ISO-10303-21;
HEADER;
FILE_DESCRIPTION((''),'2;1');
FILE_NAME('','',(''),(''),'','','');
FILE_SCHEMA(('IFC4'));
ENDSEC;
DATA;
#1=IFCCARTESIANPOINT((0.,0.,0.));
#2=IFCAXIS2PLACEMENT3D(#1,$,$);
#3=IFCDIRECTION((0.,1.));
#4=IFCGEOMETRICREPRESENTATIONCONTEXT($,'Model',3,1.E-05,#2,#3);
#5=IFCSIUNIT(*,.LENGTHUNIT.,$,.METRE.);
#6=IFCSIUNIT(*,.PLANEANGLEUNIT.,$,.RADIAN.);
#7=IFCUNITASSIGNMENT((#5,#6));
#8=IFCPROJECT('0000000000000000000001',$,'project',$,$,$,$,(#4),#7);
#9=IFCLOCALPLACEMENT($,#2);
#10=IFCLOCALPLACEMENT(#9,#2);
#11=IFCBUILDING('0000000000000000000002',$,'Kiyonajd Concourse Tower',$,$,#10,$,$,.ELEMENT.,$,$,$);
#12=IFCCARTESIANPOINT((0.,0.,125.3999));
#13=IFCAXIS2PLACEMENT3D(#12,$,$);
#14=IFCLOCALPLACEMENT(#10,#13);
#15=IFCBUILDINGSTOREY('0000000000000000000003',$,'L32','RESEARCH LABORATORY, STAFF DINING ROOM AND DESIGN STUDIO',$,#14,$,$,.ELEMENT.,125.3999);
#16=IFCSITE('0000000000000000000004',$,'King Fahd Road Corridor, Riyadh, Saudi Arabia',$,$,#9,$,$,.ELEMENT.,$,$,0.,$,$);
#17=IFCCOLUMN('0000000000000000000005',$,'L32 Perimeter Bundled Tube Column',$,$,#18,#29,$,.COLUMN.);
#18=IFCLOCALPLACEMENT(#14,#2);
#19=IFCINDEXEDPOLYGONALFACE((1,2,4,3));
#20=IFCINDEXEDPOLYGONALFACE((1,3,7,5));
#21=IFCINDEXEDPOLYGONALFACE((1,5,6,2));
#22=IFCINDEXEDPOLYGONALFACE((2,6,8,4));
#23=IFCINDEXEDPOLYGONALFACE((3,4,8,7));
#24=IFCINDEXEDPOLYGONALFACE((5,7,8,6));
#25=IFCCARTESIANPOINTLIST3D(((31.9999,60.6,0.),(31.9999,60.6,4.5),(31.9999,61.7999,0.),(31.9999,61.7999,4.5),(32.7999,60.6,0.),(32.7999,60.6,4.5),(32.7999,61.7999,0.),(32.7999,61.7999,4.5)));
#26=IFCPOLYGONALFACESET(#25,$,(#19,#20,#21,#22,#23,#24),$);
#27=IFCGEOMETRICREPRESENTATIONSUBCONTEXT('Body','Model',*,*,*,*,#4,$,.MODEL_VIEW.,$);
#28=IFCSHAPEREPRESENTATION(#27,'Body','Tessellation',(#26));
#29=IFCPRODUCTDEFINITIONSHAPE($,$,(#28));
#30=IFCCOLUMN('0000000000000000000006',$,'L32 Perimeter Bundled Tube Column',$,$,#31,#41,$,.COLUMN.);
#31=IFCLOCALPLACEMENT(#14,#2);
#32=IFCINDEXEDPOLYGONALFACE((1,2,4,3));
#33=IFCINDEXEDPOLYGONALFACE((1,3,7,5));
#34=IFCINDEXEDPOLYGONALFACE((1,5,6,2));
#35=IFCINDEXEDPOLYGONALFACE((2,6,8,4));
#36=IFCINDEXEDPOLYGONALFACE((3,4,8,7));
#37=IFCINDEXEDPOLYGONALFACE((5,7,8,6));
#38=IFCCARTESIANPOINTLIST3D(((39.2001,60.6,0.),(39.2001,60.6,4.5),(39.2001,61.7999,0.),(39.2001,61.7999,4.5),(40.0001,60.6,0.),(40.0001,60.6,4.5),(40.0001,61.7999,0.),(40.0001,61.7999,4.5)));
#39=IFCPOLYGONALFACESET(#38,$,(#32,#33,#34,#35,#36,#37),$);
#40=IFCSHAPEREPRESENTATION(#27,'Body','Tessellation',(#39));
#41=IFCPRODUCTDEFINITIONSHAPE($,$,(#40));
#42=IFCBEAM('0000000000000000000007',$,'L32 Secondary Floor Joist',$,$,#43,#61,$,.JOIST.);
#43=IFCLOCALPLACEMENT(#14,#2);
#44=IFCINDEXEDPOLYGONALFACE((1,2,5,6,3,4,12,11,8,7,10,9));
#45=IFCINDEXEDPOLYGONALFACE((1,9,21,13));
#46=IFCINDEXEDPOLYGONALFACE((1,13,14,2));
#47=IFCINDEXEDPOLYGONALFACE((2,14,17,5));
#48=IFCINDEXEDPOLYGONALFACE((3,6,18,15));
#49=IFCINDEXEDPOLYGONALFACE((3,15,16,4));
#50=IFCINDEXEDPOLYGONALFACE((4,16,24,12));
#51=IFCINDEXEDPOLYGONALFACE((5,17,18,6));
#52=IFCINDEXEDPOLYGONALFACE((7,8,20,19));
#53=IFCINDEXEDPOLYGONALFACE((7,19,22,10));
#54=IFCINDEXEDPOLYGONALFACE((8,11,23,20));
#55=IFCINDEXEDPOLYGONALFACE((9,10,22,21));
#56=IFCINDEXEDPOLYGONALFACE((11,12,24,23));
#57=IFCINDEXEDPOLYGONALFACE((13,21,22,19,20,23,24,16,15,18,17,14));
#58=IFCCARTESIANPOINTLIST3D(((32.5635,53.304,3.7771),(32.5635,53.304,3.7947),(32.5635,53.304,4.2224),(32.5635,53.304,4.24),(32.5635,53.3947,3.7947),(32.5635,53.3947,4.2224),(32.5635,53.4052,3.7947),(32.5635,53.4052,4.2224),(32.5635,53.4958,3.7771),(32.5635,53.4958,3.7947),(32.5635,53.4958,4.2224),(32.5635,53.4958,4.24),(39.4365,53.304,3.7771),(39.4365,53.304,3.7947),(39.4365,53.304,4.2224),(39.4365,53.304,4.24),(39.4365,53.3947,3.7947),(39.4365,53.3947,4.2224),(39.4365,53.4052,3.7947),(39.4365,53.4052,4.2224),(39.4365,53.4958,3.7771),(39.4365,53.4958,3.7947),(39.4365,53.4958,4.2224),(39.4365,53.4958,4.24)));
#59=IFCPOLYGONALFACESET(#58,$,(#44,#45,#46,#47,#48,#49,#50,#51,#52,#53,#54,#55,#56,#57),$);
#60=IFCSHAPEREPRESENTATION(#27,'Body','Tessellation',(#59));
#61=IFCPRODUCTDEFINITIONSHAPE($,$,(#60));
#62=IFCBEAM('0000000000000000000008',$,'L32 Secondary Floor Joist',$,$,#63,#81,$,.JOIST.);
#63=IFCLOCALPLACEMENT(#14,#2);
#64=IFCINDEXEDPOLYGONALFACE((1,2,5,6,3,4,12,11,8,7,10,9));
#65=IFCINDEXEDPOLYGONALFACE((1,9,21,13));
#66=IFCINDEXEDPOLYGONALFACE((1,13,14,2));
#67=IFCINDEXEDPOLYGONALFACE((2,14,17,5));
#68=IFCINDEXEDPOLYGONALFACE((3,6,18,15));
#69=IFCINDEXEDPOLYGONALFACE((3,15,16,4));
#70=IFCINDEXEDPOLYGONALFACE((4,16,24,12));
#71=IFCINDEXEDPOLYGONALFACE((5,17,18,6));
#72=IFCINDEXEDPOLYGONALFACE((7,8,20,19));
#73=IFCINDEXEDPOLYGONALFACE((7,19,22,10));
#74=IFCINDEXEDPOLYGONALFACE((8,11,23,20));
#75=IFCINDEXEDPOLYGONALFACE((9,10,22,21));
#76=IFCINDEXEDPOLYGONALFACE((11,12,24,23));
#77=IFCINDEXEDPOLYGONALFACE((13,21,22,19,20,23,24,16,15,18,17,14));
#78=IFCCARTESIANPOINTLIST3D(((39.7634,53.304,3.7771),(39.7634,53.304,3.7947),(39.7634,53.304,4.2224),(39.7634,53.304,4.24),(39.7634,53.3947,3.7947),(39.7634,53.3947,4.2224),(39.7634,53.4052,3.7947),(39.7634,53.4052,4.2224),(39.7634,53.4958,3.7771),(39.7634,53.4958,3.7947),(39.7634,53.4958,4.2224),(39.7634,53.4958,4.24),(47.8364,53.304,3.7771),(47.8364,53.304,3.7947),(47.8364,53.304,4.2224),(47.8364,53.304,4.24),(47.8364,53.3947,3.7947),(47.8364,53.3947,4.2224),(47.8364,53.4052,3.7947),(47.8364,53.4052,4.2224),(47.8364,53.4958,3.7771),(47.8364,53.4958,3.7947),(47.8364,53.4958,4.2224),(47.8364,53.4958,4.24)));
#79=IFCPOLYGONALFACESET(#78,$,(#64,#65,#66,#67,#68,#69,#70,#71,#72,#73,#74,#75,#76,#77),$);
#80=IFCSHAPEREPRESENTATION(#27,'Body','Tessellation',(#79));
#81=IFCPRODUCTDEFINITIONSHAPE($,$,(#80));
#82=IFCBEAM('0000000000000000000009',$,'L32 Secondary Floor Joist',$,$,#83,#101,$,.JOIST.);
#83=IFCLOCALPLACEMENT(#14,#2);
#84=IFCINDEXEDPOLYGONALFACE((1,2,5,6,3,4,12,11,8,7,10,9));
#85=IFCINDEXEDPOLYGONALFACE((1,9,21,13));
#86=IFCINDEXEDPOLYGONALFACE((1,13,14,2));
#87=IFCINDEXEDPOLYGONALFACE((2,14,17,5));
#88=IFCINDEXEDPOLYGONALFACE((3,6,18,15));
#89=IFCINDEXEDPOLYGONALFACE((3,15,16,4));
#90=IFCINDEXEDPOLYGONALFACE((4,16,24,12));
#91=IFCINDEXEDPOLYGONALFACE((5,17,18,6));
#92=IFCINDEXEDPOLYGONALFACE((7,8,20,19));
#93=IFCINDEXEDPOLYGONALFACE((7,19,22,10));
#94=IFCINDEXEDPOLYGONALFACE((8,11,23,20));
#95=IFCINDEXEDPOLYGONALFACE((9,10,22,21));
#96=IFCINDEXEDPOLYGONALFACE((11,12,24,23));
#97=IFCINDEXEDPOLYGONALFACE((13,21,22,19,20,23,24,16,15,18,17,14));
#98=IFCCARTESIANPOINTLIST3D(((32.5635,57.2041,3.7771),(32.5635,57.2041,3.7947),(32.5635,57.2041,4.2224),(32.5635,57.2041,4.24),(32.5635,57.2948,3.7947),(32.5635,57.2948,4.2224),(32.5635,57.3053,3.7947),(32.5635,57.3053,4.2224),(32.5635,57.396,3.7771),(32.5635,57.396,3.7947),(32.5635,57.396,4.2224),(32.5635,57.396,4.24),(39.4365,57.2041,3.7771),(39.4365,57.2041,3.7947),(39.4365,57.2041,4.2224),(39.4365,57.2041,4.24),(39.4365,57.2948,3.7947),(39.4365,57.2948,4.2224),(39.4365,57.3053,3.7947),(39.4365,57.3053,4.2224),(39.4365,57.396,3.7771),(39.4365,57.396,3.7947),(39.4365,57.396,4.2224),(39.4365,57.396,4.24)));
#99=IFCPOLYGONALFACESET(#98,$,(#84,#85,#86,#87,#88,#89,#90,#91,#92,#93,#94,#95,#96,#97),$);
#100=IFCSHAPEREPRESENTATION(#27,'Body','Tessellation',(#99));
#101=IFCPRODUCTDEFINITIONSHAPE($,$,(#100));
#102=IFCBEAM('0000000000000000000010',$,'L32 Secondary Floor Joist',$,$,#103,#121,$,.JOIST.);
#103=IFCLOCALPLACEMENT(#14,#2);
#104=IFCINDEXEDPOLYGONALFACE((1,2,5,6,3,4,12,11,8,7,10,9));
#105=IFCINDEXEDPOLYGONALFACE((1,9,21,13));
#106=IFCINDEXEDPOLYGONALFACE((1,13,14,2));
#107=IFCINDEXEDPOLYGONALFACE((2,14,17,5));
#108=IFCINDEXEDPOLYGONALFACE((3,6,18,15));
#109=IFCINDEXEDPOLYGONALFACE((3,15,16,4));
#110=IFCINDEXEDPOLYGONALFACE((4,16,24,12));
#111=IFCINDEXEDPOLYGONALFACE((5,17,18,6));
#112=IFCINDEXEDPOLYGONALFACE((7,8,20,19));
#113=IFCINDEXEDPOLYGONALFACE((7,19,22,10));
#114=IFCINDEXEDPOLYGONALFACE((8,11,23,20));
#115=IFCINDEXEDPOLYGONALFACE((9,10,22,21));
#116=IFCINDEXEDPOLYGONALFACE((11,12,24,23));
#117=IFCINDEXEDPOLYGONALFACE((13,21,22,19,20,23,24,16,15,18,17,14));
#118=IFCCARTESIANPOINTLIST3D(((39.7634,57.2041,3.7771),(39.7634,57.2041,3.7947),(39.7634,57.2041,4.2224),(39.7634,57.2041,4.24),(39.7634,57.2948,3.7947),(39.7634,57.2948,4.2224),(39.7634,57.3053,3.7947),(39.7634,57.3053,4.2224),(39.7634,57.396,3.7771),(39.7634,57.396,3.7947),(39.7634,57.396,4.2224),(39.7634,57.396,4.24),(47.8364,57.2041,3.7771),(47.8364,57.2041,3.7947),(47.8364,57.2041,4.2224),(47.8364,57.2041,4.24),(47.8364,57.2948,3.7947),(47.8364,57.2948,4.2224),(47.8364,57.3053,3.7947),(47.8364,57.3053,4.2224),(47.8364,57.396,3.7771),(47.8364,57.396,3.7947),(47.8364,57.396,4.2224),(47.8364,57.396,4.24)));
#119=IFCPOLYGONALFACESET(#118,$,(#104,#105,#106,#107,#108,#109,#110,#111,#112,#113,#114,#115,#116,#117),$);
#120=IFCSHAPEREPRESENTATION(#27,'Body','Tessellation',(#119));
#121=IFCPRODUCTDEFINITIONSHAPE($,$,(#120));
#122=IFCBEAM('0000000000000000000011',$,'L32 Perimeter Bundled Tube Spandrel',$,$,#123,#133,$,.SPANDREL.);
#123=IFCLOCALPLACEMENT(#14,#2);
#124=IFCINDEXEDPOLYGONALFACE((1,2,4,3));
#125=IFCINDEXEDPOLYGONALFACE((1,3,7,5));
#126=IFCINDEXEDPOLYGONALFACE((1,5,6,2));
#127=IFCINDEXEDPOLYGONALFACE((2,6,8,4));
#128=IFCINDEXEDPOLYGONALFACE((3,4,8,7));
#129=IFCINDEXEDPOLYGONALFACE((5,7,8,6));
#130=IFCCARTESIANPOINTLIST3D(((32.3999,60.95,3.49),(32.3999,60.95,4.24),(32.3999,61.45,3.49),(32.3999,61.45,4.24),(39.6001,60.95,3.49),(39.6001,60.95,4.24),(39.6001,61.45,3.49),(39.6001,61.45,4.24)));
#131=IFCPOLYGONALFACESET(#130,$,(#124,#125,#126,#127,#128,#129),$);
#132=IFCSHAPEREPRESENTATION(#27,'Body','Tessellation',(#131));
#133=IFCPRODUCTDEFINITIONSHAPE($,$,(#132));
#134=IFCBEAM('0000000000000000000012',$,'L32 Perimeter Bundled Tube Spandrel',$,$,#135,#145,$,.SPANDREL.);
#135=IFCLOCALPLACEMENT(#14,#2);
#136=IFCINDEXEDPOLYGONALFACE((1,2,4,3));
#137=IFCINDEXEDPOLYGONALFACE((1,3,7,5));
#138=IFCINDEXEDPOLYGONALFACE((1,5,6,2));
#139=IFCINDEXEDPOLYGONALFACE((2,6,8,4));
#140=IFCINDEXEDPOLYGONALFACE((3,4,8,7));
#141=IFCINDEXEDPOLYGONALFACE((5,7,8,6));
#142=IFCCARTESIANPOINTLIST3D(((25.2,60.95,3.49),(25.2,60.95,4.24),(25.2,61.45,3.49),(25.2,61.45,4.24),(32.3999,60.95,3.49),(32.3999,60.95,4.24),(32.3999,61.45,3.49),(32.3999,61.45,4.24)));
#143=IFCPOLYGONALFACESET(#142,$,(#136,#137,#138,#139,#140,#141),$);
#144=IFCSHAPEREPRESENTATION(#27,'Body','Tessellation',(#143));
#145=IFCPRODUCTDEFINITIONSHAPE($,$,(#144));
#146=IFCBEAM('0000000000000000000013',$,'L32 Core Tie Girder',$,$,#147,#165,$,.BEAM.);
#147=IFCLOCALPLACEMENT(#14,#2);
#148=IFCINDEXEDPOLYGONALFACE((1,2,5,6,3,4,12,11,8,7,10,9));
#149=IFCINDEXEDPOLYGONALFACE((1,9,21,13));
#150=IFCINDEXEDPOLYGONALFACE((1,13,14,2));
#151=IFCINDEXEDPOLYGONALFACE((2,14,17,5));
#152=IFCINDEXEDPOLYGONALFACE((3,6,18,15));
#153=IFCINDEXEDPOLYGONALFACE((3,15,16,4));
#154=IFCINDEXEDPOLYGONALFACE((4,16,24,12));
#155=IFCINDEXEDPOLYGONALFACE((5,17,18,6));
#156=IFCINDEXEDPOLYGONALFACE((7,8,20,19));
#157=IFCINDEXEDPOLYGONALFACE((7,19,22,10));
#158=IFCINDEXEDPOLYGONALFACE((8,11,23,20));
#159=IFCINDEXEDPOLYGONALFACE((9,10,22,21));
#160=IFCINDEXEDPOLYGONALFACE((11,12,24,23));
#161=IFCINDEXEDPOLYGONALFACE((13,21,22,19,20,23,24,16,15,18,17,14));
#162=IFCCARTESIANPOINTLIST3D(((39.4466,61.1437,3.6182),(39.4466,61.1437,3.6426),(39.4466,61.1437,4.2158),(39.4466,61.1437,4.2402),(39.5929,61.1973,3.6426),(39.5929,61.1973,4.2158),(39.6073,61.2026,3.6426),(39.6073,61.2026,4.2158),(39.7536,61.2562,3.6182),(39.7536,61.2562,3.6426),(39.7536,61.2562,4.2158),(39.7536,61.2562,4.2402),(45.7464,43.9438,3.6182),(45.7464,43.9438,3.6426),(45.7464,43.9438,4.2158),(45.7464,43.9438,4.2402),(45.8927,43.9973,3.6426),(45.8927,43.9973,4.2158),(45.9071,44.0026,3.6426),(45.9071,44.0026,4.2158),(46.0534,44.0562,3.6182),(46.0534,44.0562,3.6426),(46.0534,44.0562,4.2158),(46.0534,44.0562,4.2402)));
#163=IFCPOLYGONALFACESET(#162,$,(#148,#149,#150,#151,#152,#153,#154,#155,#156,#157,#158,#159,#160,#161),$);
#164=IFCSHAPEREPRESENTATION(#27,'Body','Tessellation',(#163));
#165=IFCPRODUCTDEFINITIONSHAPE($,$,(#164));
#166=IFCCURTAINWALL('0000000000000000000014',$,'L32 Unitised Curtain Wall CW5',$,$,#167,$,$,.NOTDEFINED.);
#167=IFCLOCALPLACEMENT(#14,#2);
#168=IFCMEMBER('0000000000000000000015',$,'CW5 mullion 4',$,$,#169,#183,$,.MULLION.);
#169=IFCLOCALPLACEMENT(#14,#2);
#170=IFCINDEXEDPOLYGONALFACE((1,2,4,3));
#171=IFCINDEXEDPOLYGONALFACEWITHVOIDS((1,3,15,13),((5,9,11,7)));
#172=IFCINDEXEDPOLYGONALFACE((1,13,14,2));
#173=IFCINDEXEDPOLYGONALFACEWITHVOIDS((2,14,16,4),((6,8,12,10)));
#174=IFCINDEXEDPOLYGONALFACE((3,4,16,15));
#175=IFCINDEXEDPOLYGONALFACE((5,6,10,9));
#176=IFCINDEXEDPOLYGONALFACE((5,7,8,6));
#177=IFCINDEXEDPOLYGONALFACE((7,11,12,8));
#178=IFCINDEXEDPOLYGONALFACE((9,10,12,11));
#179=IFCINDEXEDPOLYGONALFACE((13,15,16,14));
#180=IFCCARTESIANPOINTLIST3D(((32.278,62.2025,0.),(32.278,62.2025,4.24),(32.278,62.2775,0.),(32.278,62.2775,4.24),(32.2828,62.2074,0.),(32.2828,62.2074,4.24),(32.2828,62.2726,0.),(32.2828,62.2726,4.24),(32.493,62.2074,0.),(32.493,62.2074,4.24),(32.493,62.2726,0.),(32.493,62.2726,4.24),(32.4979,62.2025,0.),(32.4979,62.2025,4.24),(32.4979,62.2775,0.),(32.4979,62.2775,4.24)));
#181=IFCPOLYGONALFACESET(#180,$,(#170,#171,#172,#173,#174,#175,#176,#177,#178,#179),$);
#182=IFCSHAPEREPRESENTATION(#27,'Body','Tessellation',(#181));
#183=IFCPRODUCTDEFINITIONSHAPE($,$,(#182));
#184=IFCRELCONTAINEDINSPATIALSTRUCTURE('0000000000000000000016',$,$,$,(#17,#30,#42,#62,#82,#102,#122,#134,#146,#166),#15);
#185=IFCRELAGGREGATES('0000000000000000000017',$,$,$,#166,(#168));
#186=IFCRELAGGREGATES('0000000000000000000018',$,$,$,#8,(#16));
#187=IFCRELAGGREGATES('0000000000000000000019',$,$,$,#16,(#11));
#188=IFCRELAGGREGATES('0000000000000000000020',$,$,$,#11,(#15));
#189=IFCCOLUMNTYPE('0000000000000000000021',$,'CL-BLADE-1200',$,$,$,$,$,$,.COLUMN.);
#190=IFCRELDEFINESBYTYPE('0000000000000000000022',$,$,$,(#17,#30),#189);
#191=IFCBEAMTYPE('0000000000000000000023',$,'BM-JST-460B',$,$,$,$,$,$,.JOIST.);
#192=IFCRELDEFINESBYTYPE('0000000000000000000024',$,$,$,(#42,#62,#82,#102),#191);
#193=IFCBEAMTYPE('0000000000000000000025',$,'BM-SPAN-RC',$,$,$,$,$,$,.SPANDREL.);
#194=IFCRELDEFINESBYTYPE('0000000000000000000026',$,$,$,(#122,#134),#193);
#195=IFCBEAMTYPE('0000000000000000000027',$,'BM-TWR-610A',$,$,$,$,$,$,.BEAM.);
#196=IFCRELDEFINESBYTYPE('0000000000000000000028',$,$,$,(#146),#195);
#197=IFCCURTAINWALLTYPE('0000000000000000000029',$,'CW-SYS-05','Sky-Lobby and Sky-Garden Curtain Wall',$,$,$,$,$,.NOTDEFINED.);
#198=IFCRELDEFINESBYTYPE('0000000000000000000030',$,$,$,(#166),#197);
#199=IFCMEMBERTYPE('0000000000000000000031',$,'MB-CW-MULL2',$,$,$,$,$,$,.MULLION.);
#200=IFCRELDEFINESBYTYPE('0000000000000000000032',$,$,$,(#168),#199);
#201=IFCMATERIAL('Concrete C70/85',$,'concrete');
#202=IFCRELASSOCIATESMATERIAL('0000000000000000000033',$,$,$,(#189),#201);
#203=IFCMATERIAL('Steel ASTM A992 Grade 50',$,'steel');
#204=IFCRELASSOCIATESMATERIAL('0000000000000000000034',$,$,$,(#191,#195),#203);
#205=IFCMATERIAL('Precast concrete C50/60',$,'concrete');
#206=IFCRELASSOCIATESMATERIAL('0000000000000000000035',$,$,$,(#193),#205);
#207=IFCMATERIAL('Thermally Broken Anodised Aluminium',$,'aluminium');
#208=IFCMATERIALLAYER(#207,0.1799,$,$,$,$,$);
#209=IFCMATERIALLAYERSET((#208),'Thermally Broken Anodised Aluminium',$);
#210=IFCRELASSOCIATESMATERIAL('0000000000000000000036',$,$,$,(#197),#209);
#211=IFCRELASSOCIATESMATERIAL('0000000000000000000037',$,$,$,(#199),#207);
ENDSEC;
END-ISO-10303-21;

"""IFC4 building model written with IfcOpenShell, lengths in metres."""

from ifc_helpers import new_model, si_unit, direction, frame, origin, origin_2d, place, context, subcontext, project, spatial, rectangle, hollow_rectangle, i_section, extrude, material, layer, layer_set, material_profile, profile_set, type_object, element, aggregate, save


model = new_model("IFC4")

# Units and contexts
model_context = context("Model", 3, precision=1e-05, world=origin(), true_north=direction((0.0, 1.0)))
body_context = subcontext(model_context, "Body", "Model", "MODEL_VIEW")
ifc_project = project(units=[si_unit("LENGTHUNIT", "METRE"), si_unit("PLANEANGLEUNIT", "RADIAN")], contexts=[model_context])

# Site, building, storey
site_placement = place(None, origin())
site = spatial("IfcSite", under=ifc_project, at=site_placement, Name="King Fahd Road Corridor, Riyadh, Saudi Arabia", CompositionType="ELEMENT", RefElevation=0.0)
building_placement = place(site_placement, origin())
building = spatial("IfcBuilding", under=site, at=building_placement, Name="Kiyonajd Concourse Tower", CompositionType="ELEMENT")
storey_placement = place(building_placement, frame((0.0, 0.0, 125.3999)))
storey = spatial("IfcBuildingStorey", under=building, at=storey_placement, Name="L32", Description="RESEARCH LABORATORY, STAFF DINING ROOM AND DESIGN STUDIO", CompositionType="ELEMENT", Elevation=125.3999)

# Columns
ifc_material_1 = material(Name="Concrete C70/85", Category="concrete")
ifc_material_profile_1 = material_profile(ifc_material_1, rectangle(XDim=0.8, YDim=1.2, at=origin_2d()), Name="RC-1200x800")
ifc_profile_set_1 = profile_set([ifc_material_profile_1], Name="Concrete C70/85")
column_type = type_object("IfcColumnType", Name="CL-BLADE-1200", PredefinedType="COLUMN", material=ifc_profile_set_1)
for number, where, z_axis, x_axis, name in (
    (1, (32.3999, 61.2, 0.0), (0.0, 0.0, 1.0), (1.0, 0.0, 0.0), "L32 Perimeter Bundled Tube Column"),
    (2, (39.6001, 61.2, 0.0), (0.0, 0.0, 1.0), (1.0, 0.0, 0.0), "L32 Perimeter Bundled Tube Column"),
):
    element("IfcColumn", number, at=place(storey_placement, frame(where, z_axis=z_axis, x_axis=x_axis)), inside=storey, type_object=column_type, Name=name, PredefinedType="COLUMN", context=body_context, shape_type="SweptSolid", body=[
        extrude(rectangle(XDim=0.8, YDim=1.2, at=origin_2d()), origin(), (0.0, 0.0, 1.0), 4.5),
    ])

# Beams
ifc_material_2 = material(Name="Steel ASTM A992 Grade 50", Category="steel")
ifc_material_profile_2 = material_profile(ifc_material_2, i_section(OverallWidth=0.1919, OverallDepth=0.4629, WebThickness=0.0105, FlangeThickness=0.0176, at=origin_2d()), Name="W460X89")
ifc_profile_set_2 = profile_set([ifc_material_profile_2], Name="Steel ASTM A992 Grade 50")
beam_type_1 = type_object("IfcBeamType", Name="BM-JST-460B", PredefinedType="JOIST", material=ifc_profile_set_2)
beam_1_placement = place(storey_placement, frame((32.5635, 53.3999, 4.0085), z_axis=(1.0, 0.0, 0.0), x_axis=(0.0, 1.0, 0.0)))
element("IfcBeam", 3, at=beam_1_placement, inside=storey, type_object=beam_type_1, Name="L32 Secondary Floor Joist", PredefinedType="JOIST", context=body_context, shape_type="SweptSolid", body=[
    extrude(i_section(OverallWidth=0.1919, OverallDepth=0.4629, WebThickness=0.0105, FlangeThickness=0.0176, at=origin_2d()), origin(), (0.0, 0.0, 1.0), 6.873),
])
beam_2_placement = place(storey_placement, frame((39.7634, 53.3999, 4.0085), z_axis=(1.0, 0.0, 0.0), x_axis=(0.0, 1.0, 0.0)))
element("IfcBeam", 4, at=beam_2_placement, inside=storey, type_object=beam_type_1, Name="L32 Secondary Floor Joist", PredefinedType="JOIST", context=body_context, shape_type="SweptSolid", body=[
    extrude(i_section(OverallWidth=0.1919, OverallDepth=0.4629, WebThickness=0.0105, FlangeThickness=0.0176, at=origin_2d()), origin(), (0.0, 0.0, 1.0), 8.073),
])
beam_3_placement = place(storey_placement, frame((32.5635, 57.3, 4.0085), z_axis=(1.0, 0.0, 0.0), x_axis=(0.0, 1.0, 0.0)))
element("IfcBeam", 5, at=beam_3_placement, inside=storey, type_object=beam_type_1, Name="L32 Secondary Floor Joist", PredefinedType="JOIST", context=body_context, shape_type="SweptSolid", body=[
    extrude(i_section(OverallWidth=0.1919, OverallDepth=0.4629, WebThickness=0.0105, FlangeThickness=0.0176, at=origin_2d()), origin(), (0.0, 0.0, 1.0), 6.873),
])
beam_4_placement = place(storey_placement, frame((39.7634, 57.3, 4.0085), z_axis=(1.0, 0.0, 0.0), x_axis=(0.0, 1.0, 0.0)))
element("IfcBeam", 6, at=beam_4_placement, inside=storey, type_object=beam_type_1, Name="L32 Secondary Floor Joist", PredefinedType="JOIST", context=body_context, shape_type="SweptSolid", body=[
    extrude(i_section(OverallWidth=0.1919, OverallDepth=0.4629, WebThickness=0.0105, FlangeThickness=0.0176, at=origin_2d()), origin(), (0.0, 0.0, 1.0), 8.073),
])
ifc_material_3 = material(Name="Precast concrete C50/60", Category="concrete")
ifc_material_profile_3 = material_profile(ifc_material_3, rectangle(XDim=0.5, YDim=0.75, at=origin_2d()), Name="RCBM-500x750")
ifc_profile_set_3 = profile_set([ifc_material_profile_3], Name="Precast concrete C50/60")
beam_type_2 = type_object("IfcBeamType", Name="BM-SPAN-RC", PredefinedType="SPANDREL", material=ifc_profile_set_3)
beam_5_placement = place(storey_placement, frame((39.6001, 61.2, 3.865), z_axis=(-1.0, 0.0, 0.0), x_axis=(0.0, -1.0, 0.0)))
element("IfcBeam", 7, at=beam_5_placement, inside=storey, type_object=beam_type_2, Name="L32 Perimeter Bundled Tube Spandrel", PredefinedType="SPANDREL", context=body_context, shape_type="SweptSolid", body=[
    extrude(rectangle(XDim=0.5, YDim=0.75, at=origin_2d()), origin(), (0.0, 0.0, 1.0), 7.2002),
])
beam_6_placement = place(storey_placement, frame((32.3999, 61.2, 3.865), z_axis=(-1.0, 0.0, 0.0), x_axis=(0.0, -1.0, 0.0)))
element("IfcBeam", 8, at=beam_6_placement, inside=storey, type_object=beam_type_2, Name="L32 Perimeter Bundled Tube Spandrel", PredefinedType="SPANDREL", context=body_context, shape_type="SweptSolid", body=[
    extrude(rectangle(XDim=0.5, YDim=0.75, at=origin_2d()), origin(), (0.0, 0.0, 1.0), 7.2),
])
ifc_material_profile_4 = material_profile(ifc_material_2, i_section(OverallWidth=0.3269, OverallDepth=0.6221, WebThickness=0.0154, FlangeThickness=0.0244, at=origin_2d()), Name="W610X195")
ifc_profile_set_4 = profile_set([ifc_material_profile_4], Name="Steel ASTM A992 Grade 50")
beam_type_3 = type_object("IfcBeamType", Name="BM-TWR-610A", PredefinedType="BEAM", material=ifc_profile_set_4)
beam_7_placement = place(storey_placement, frame((39.6001, 61.2, 3.9292), z_axis=(0.343925, -0.938997, 0.0), x_axis=(0.938997, 0.343925, 0.0)))
element("IfcBeam", 9, at=beam_7_placement, inside=storey, type_object=beam_type_3, Name="L32 Core Tie Girder", PredefinedType="BEAM", context=body_context, shape_type="SweptSolid", body=[
    extrude(i_section(OverallWidth=0.3269, OverallDepth=0.6221, WebThickness=0.0154, FlangeThickness=0.0244, at=origin_2d()), origin(), (0.0, 0.0, 1.0), 18.3174),
])

# Curtain wall, member
ifc_material_4 = material(Name="Thermally Broken Anodised Aluminium", Category="aluminium")
ifc_layer_1 = layer(ifc_material_4, 0.1799)
ifc_layer_set_1 = layer_set([ifc_layer_1], Name="Thermally Broken Anodised Aluminium")
curtain_wall_type = type_object("IfcCurtainWallType", Name="CW-SYS-05", Description="Sky-Lobby and Sky-Garden Curtain Wall", PredefinedType="NOTDEFINED", material=ifc_layer_set_1)
curtain_wall_placement = place(storey_placement, origin())
curtain_wall = element("IfcCurtainWall", 10, at=curtain_wall_placement, inside=storey, type_object=curtain_wall_type, Name="L32 Unitised Curtain Wall CW5", PredefinedType="NOTDEFINED")
ifc_material_profile_5 = material_profile(ifc_material_4, hollow_rectangle(XDim=0.075, YDim=0.22, WallThickness=0.0049, at=origin_2d()), Name="MULL-75x220")
ifc_profile_set_5 = profile_set([ifc_material_profile_5], Name="Thermally Broken Anodised Aluminium")
member_type_1 = type_object("IfcMemberType", Name="MB-CW-MULL2", PredefinedType="MULLION", material=ifc_profile_set_5)
member_1_placement = place(storey_placement, frame((32.3879, 62.24, 0.0), z_axis=(0.0, 0.0, 1.0), x_axis=(0.0, 1.0, 0.0)))
member_1 = element("IfcMember", 11, at=member_1_placement, type_object=member_type_1, Name="CW5 mullion 4", PredefinedType="MULLION", context=body_context, shape_type="SweptSolid", body=[
    extrude(hollow_rectangle(XDim=0.075, YDim=0.22, WallThickness=0.0049, at=origin_2d()), origin(), (0.0, 0.0, 1.0), 4.24),
])
aggregate(curtain_wall, [member_1])

save(model, "model.ifc")
